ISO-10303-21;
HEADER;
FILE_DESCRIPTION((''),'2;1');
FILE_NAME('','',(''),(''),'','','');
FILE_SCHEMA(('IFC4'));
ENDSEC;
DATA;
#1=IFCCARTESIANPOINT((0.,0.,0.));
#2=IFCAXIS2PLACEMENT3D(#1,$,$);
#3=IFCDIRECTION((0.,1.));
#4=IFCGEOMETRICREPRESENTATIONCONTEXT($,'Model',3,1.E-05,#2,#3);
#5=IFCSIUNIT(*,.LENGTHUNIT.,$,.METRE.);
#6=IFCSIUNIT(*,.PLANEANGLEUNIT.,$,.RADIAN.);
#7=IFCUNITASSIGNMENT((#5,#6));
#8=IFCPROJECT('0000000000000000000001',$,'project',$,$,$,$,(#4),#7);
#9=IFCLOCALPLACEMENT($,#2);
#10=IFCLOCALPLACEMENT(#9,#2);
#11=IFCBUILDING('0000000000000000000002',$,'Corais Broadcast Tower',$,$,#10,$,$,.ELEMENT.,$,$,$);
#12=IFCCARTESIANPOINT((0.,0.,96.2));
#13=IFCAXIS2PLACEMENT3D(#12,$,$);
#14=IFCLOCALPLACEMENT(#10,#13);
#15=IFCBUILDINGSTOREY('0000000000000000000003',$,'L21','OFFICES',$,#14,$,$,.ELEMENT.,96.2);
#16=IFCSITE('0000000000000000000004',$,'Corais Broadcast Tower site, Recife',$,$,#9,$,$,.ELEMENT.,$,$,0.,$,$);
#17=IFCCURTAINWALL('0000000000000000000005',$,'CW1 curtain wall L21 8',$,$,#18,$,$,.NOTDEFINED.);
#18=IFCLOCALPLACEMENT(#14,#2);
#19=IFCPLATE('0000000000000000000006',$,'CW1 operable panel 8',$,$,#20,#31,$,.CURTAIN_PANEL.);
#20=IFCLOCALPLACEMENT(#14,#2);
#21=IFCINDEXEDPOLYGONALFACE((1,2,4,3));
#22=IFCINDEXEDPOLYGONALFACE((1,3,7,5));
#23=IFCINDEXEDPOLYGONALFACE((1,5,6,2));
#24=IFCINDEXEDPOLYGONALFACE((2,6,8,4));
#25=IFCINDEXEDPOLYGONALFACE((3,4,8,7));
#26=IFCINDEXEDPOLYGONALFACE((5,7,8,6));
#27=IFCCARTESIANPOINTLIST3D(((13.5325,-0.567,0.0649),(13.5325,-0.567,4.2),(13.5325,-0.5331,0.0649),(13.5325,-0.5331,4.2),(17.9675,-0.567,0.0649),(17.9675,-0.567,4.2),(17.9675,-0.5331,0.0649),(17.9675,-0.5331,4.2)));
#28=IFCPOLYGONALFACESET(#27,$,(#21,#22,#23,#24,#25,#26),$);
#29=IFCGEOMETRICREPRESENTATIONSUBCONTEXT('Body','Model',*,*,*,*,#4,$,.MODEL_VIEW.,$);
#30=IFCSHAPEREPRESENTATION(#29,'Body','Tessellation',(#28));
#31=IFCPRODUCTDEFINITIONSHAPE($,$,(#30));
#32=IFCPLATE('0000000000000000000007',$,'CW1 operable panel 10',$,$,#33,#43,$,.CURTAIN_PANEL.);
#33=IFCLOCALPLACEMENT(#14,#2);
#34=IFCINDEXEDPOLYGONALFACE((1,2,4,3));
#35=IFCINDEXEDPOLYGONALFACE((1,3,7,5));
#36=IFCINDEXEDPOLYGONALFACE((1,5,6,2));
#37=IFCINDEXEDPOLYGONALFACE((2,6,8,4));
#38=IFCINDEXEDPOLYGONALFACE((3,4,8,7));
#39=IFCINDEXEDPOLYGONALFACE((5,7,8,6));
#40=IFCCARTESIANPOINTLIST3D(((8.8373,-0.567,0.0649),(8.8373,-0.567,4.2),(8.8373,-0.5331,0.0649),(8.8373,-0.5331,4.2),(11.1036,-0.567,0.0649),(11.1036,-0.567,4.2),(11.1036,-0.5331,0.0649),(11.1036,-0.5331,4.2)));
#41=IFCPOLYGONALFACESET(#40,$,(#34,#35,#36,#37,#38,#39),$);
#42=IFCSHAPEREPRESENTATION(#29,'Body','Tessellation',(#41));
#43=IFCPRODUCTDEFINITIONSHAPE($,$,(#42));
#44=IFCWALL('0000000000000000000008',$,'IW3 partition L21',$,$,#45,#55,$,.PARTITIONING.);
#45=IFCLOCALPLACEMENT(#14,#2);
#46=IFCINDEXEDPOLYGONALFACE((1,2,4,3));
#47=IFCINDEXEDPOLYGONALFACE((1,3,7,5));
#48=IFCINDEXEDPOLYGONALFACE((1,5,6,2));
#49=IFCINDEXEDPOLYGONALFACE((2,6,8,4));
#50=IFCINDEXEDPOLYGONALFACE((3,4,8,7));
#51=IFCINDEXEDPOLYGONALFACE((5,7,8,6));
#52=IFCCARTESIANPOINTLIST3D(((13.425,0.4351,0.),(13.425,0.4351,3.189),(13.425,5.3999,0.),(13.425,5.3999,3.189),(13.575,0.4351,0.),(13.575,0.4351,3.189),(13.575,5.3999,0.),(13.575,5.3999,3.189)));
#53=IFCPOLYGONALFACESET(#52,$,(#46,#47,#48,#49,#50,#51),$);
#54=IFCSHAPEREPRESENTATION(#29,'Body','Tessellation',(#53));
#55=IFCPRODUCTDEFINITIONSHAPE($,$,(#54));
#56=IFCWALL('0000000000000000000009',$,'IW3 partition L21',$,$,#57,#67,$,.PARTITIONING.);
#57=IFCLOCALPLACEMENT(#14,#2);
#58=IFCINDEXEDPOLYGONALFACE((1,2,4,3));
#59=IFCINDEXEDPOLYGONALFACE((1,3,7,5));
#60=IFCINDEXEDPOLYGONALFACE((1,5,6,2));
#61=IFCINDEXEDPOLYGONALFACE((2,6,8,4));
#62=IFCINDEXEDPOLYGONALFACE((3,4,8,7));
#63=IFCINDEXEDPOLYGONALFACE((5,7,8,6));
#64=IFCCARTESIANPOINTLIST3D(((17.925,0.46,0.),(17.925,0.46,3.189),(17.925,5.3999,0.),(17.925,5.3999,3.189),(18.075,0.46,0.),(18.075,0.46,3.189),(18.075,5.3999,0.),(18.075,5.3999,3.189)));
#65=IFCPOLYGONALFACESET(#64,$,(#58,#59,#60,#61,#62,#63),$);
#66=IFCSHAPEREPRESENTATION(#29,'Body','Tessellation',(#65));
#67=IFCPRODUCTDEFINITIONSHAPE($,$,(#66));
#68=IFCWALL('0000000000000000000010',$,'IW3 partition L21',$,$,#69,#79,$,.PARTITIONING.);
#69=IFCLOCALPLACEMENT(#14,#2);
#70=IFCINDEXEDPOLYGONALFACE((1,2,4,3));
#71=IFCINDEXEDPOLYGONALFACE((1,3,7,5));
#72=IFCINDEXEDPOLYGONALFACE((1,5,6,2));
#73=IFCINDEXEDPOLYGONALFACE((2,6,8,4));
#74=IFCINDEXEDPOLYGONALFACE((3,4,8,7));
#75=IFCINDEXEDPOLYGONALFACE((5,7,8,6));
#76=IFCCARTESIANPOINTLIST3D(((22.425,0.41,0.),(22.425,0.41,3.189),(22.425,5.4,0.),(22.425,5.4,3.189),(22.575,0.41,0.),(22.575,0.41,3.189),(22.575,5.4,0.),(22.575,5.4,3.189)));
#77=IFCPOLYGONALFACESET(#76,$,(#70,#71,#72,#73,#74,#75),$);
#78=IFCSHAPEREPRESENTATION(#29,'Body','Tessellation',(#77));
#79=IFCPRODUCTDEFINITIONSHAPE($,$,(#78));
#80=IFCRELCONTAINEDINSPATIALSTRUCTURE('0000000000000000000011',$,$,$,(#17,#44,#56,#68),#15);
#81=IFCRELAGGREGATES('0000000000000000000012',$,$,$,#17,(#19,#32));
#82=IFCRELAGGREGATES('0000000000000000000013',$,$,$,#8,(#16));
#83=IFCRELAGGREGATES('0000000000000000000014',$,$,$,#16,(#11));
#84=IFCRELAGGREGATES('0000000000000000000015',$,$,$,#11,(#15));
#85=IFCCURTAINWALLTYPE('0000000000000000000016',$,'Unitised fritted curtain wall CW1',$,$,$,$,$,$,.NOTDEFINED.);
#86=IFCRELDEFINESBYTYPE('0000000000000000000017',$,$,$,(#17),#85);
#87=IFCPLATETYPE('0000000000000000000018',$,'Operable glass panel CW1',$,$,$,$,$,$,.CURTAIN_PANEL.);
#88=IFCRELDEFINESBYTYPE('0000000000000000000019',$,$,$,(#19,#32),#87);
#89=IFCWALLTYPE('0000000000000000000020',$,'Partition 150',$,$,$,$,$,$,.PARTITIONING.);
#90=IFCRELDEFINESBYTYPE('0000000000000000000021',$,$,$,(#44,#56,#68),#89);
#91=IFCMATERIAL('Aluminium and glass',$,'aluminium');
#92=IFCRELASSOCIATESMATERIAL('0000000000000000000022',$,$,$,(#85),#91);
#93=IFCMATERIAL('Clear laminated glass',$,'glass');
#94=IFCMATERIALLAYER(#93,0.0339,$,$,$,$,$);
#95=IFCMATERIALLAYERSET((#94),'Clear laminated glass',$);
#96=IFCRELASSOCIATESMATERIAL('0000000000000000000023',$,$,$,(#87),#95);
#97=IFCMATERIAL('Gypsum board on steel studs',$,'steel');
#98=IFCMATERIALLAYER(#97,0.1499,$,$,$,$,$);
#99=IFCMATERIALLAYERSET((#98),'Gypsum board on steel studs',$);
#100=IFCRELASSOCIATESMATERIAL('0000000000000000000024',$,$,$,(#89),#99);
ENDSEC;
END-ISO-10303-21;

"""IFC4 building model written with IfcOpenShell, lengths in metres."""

from ifc_helpers import new_model, si_unit, direction, frame, frame_2d, origin, origin_2d, place, context, subcontext, project, spatial, rectangle, extrude, material, layer, layer_set, type_object, element, aggregate, save


model = new_model("IFC4")

# Units and contexts
model_context = context("Model", 3, precision=1e-05, world=origin(), true_north=direction((0.0, 1.0)))
body_context = subcontext(model_context, "Body", "Model", "MODEL_VIEW")
ifc_project = project(units=[si_unit("LENGTHUNIT", "METRE"), si_unit("PLANEANGLEUNIT", "RADIAN")], contexts=[model_context])

# Site, building, storey
site_placement = place(None, origin())
site = spatial("IfcSite", under=ifc_project, at=site_placement, Name="Corais Broadcast Tower site, Recife", CompositionType="ELEMENT", RefElevation=0.0)
building_placement = place(site_placement, origin())
building = spatial("IfcBuilding", under=site, at=building_placement, Name="Corais Broadcast Tower", CompositionType="ELEMENT")
storey_placement = place(building_placement, frame((0.0, 0.0, 96.2)))
storey = spatial("IfcBuildingStorey", under=building, at=storey_placement, Name="L21", Description="OFFICES", CompositionType="ELEMENT", Elevation=96.2)

# Curtain wall
ifc_material_1 = material(Name="Aluminium and glass", Category="aluminium")
curtain_wall_type = type_object("IfcCurtainWallType", Name="Unitised fritted curtain wall CW1", PredefinedType="NOTDEFINED", material=ifc_material_1)
curtain_wall_placement = place(storey_placement, origin())
curtain_wall = element("IfcCurtainWall", 1, at=curtain_wall_placement, inside=storey, type_object=curtain_wall_type, Name="CW1 curtain wall L21 8", PredefinedType="NOTDEFINED")

# Plates
ifc_material_2 = material(Name="Clear laminated glass", Category="glass")
ifc_layer_1 = layer(ifc_material_2, 0.0339)
ifc_layer_set_1 = layer_set([ifc_layer_1], Name="Clear laminated glass")
plate_type_1 = type_object("IfcPlateType", Name="Operable glass panel CW1", PredefinedType="CURTAIN_PANEL", material=ifc_layer_set_1)
plate_1_placement = place(storey_placement, frame((15.75, -0.55, 0.0649), z_axis=(0.0, 0.0, 1.0), x_axis=(-1.0, 0.0, 0.0)))
plate_1 = element("IfcPlate", 2, at=plate_1_placement, type_object=plate_type_1, Name="CW1 operable panel 8", PredefinedType="CURTAIN_PANEL", context=body_context, shape_type="SweptSolid", body=[
    extrude(rectangle(XDim=4.4351, YDim=0.0339, at=origin_2d()), origin(), (0.0, 0.0, 1.0), 4.135),
])
plate_2_placement = place(storey_placement, frame((9.9705, -0.55, 0.0649), z_axis=(0.0, 0.0, 1.0), x_axis=(-1.0, 0.0, 0.0)))
plate_2 = element("IfcPlate", 3, at=plate_2_placement, type_object=plate_type_1, Name="CW1 operable panel 10", PredefinedType="CURTAIN_PANEL", context=body_context, shape_type="SweptSolid", body=[
    extrude(rectangle(XDim=2.2664, YDim=0.0339, at=origin_2d()), origin(), (0.0, 0.0, 1.0), 4.135),
])
aggregate(curtain_wall, [plate_1, plate_2])

# Walls
ifc_material_3 = material(Name="Gypsum board on steel studs", Category="steel")
ifc_layer_2 = layer(ifc_material_3, 0.1499)
ifc_layer_set_2 = layer_set([ifc_layer_2], Name="Gypsum board on steel studs")
wall_type = type_object("IfcWallType", Name="Partition 150", PredefinedType="PARTITIONING", material=ifc_layer_set_2)
wall_1_placement = place(storey_placement, frame((13.5, 0.4351, 0.0), z_axis=(0.0, 0.0, 1.0), x_axis=(0.0, 1.0, 0.0)))
element("IfcWall", 4, at=wall_1_placement, inside=storey, type_object=wall_type, Name="IW3 partition L21", PredefinedType="PARTITIONING", context=body_context, shape_type="SweptSolid", body=[
    extrude(rectangle(XDim=4.9648, YDim=0.1499, at=frame_2d((2.4824, 0.0))), origin(), (0.0, 0.0, 1.0), 3.189),
])
wall_2_placement = place(storey_placement, frame((18.0, 0.46, 0.0), z_axis=(0.0, 0.0, 1.0), x_axis=(0.0, 1.0, 0.0)))
element("IfcWall", 5, at=wall_2_placement, inside=storey, type_object=wall_type, Name="IW3 partition L21", PredefinedType="PARTITIONING", context=body_context, shape_type="SweptSolid", body=[
    extrude(rectangle(XDim=4.9399, YDim=0.1499, at=frame_2d((2.47, 0.0))), origin(), (0.0, 0.0, 1.0), 3.189),
])
wall_3_placement = place(storey_placement, frame((22.5, 0.4099, 0.0), z_axis=(0.0, 0.0, 1.0), x_axis=(0.0, 1.0, 0.0)))
element("IfcWall", 6, at=wall_3_placement, inside=storey, type_object=wall_type, Name="IW3 partition L21", PredefinedType="PARTITIONING", context=body_context, shape_type="SweptSolid", body=[
    extrude(rectangle(XDim=4.99, YDim=0.1499, at=frame_2d((2.4951, 0.0))), origin(), (0.0, 0.0, 1.0), 3.189),
])

save(model, "model.ifc")
